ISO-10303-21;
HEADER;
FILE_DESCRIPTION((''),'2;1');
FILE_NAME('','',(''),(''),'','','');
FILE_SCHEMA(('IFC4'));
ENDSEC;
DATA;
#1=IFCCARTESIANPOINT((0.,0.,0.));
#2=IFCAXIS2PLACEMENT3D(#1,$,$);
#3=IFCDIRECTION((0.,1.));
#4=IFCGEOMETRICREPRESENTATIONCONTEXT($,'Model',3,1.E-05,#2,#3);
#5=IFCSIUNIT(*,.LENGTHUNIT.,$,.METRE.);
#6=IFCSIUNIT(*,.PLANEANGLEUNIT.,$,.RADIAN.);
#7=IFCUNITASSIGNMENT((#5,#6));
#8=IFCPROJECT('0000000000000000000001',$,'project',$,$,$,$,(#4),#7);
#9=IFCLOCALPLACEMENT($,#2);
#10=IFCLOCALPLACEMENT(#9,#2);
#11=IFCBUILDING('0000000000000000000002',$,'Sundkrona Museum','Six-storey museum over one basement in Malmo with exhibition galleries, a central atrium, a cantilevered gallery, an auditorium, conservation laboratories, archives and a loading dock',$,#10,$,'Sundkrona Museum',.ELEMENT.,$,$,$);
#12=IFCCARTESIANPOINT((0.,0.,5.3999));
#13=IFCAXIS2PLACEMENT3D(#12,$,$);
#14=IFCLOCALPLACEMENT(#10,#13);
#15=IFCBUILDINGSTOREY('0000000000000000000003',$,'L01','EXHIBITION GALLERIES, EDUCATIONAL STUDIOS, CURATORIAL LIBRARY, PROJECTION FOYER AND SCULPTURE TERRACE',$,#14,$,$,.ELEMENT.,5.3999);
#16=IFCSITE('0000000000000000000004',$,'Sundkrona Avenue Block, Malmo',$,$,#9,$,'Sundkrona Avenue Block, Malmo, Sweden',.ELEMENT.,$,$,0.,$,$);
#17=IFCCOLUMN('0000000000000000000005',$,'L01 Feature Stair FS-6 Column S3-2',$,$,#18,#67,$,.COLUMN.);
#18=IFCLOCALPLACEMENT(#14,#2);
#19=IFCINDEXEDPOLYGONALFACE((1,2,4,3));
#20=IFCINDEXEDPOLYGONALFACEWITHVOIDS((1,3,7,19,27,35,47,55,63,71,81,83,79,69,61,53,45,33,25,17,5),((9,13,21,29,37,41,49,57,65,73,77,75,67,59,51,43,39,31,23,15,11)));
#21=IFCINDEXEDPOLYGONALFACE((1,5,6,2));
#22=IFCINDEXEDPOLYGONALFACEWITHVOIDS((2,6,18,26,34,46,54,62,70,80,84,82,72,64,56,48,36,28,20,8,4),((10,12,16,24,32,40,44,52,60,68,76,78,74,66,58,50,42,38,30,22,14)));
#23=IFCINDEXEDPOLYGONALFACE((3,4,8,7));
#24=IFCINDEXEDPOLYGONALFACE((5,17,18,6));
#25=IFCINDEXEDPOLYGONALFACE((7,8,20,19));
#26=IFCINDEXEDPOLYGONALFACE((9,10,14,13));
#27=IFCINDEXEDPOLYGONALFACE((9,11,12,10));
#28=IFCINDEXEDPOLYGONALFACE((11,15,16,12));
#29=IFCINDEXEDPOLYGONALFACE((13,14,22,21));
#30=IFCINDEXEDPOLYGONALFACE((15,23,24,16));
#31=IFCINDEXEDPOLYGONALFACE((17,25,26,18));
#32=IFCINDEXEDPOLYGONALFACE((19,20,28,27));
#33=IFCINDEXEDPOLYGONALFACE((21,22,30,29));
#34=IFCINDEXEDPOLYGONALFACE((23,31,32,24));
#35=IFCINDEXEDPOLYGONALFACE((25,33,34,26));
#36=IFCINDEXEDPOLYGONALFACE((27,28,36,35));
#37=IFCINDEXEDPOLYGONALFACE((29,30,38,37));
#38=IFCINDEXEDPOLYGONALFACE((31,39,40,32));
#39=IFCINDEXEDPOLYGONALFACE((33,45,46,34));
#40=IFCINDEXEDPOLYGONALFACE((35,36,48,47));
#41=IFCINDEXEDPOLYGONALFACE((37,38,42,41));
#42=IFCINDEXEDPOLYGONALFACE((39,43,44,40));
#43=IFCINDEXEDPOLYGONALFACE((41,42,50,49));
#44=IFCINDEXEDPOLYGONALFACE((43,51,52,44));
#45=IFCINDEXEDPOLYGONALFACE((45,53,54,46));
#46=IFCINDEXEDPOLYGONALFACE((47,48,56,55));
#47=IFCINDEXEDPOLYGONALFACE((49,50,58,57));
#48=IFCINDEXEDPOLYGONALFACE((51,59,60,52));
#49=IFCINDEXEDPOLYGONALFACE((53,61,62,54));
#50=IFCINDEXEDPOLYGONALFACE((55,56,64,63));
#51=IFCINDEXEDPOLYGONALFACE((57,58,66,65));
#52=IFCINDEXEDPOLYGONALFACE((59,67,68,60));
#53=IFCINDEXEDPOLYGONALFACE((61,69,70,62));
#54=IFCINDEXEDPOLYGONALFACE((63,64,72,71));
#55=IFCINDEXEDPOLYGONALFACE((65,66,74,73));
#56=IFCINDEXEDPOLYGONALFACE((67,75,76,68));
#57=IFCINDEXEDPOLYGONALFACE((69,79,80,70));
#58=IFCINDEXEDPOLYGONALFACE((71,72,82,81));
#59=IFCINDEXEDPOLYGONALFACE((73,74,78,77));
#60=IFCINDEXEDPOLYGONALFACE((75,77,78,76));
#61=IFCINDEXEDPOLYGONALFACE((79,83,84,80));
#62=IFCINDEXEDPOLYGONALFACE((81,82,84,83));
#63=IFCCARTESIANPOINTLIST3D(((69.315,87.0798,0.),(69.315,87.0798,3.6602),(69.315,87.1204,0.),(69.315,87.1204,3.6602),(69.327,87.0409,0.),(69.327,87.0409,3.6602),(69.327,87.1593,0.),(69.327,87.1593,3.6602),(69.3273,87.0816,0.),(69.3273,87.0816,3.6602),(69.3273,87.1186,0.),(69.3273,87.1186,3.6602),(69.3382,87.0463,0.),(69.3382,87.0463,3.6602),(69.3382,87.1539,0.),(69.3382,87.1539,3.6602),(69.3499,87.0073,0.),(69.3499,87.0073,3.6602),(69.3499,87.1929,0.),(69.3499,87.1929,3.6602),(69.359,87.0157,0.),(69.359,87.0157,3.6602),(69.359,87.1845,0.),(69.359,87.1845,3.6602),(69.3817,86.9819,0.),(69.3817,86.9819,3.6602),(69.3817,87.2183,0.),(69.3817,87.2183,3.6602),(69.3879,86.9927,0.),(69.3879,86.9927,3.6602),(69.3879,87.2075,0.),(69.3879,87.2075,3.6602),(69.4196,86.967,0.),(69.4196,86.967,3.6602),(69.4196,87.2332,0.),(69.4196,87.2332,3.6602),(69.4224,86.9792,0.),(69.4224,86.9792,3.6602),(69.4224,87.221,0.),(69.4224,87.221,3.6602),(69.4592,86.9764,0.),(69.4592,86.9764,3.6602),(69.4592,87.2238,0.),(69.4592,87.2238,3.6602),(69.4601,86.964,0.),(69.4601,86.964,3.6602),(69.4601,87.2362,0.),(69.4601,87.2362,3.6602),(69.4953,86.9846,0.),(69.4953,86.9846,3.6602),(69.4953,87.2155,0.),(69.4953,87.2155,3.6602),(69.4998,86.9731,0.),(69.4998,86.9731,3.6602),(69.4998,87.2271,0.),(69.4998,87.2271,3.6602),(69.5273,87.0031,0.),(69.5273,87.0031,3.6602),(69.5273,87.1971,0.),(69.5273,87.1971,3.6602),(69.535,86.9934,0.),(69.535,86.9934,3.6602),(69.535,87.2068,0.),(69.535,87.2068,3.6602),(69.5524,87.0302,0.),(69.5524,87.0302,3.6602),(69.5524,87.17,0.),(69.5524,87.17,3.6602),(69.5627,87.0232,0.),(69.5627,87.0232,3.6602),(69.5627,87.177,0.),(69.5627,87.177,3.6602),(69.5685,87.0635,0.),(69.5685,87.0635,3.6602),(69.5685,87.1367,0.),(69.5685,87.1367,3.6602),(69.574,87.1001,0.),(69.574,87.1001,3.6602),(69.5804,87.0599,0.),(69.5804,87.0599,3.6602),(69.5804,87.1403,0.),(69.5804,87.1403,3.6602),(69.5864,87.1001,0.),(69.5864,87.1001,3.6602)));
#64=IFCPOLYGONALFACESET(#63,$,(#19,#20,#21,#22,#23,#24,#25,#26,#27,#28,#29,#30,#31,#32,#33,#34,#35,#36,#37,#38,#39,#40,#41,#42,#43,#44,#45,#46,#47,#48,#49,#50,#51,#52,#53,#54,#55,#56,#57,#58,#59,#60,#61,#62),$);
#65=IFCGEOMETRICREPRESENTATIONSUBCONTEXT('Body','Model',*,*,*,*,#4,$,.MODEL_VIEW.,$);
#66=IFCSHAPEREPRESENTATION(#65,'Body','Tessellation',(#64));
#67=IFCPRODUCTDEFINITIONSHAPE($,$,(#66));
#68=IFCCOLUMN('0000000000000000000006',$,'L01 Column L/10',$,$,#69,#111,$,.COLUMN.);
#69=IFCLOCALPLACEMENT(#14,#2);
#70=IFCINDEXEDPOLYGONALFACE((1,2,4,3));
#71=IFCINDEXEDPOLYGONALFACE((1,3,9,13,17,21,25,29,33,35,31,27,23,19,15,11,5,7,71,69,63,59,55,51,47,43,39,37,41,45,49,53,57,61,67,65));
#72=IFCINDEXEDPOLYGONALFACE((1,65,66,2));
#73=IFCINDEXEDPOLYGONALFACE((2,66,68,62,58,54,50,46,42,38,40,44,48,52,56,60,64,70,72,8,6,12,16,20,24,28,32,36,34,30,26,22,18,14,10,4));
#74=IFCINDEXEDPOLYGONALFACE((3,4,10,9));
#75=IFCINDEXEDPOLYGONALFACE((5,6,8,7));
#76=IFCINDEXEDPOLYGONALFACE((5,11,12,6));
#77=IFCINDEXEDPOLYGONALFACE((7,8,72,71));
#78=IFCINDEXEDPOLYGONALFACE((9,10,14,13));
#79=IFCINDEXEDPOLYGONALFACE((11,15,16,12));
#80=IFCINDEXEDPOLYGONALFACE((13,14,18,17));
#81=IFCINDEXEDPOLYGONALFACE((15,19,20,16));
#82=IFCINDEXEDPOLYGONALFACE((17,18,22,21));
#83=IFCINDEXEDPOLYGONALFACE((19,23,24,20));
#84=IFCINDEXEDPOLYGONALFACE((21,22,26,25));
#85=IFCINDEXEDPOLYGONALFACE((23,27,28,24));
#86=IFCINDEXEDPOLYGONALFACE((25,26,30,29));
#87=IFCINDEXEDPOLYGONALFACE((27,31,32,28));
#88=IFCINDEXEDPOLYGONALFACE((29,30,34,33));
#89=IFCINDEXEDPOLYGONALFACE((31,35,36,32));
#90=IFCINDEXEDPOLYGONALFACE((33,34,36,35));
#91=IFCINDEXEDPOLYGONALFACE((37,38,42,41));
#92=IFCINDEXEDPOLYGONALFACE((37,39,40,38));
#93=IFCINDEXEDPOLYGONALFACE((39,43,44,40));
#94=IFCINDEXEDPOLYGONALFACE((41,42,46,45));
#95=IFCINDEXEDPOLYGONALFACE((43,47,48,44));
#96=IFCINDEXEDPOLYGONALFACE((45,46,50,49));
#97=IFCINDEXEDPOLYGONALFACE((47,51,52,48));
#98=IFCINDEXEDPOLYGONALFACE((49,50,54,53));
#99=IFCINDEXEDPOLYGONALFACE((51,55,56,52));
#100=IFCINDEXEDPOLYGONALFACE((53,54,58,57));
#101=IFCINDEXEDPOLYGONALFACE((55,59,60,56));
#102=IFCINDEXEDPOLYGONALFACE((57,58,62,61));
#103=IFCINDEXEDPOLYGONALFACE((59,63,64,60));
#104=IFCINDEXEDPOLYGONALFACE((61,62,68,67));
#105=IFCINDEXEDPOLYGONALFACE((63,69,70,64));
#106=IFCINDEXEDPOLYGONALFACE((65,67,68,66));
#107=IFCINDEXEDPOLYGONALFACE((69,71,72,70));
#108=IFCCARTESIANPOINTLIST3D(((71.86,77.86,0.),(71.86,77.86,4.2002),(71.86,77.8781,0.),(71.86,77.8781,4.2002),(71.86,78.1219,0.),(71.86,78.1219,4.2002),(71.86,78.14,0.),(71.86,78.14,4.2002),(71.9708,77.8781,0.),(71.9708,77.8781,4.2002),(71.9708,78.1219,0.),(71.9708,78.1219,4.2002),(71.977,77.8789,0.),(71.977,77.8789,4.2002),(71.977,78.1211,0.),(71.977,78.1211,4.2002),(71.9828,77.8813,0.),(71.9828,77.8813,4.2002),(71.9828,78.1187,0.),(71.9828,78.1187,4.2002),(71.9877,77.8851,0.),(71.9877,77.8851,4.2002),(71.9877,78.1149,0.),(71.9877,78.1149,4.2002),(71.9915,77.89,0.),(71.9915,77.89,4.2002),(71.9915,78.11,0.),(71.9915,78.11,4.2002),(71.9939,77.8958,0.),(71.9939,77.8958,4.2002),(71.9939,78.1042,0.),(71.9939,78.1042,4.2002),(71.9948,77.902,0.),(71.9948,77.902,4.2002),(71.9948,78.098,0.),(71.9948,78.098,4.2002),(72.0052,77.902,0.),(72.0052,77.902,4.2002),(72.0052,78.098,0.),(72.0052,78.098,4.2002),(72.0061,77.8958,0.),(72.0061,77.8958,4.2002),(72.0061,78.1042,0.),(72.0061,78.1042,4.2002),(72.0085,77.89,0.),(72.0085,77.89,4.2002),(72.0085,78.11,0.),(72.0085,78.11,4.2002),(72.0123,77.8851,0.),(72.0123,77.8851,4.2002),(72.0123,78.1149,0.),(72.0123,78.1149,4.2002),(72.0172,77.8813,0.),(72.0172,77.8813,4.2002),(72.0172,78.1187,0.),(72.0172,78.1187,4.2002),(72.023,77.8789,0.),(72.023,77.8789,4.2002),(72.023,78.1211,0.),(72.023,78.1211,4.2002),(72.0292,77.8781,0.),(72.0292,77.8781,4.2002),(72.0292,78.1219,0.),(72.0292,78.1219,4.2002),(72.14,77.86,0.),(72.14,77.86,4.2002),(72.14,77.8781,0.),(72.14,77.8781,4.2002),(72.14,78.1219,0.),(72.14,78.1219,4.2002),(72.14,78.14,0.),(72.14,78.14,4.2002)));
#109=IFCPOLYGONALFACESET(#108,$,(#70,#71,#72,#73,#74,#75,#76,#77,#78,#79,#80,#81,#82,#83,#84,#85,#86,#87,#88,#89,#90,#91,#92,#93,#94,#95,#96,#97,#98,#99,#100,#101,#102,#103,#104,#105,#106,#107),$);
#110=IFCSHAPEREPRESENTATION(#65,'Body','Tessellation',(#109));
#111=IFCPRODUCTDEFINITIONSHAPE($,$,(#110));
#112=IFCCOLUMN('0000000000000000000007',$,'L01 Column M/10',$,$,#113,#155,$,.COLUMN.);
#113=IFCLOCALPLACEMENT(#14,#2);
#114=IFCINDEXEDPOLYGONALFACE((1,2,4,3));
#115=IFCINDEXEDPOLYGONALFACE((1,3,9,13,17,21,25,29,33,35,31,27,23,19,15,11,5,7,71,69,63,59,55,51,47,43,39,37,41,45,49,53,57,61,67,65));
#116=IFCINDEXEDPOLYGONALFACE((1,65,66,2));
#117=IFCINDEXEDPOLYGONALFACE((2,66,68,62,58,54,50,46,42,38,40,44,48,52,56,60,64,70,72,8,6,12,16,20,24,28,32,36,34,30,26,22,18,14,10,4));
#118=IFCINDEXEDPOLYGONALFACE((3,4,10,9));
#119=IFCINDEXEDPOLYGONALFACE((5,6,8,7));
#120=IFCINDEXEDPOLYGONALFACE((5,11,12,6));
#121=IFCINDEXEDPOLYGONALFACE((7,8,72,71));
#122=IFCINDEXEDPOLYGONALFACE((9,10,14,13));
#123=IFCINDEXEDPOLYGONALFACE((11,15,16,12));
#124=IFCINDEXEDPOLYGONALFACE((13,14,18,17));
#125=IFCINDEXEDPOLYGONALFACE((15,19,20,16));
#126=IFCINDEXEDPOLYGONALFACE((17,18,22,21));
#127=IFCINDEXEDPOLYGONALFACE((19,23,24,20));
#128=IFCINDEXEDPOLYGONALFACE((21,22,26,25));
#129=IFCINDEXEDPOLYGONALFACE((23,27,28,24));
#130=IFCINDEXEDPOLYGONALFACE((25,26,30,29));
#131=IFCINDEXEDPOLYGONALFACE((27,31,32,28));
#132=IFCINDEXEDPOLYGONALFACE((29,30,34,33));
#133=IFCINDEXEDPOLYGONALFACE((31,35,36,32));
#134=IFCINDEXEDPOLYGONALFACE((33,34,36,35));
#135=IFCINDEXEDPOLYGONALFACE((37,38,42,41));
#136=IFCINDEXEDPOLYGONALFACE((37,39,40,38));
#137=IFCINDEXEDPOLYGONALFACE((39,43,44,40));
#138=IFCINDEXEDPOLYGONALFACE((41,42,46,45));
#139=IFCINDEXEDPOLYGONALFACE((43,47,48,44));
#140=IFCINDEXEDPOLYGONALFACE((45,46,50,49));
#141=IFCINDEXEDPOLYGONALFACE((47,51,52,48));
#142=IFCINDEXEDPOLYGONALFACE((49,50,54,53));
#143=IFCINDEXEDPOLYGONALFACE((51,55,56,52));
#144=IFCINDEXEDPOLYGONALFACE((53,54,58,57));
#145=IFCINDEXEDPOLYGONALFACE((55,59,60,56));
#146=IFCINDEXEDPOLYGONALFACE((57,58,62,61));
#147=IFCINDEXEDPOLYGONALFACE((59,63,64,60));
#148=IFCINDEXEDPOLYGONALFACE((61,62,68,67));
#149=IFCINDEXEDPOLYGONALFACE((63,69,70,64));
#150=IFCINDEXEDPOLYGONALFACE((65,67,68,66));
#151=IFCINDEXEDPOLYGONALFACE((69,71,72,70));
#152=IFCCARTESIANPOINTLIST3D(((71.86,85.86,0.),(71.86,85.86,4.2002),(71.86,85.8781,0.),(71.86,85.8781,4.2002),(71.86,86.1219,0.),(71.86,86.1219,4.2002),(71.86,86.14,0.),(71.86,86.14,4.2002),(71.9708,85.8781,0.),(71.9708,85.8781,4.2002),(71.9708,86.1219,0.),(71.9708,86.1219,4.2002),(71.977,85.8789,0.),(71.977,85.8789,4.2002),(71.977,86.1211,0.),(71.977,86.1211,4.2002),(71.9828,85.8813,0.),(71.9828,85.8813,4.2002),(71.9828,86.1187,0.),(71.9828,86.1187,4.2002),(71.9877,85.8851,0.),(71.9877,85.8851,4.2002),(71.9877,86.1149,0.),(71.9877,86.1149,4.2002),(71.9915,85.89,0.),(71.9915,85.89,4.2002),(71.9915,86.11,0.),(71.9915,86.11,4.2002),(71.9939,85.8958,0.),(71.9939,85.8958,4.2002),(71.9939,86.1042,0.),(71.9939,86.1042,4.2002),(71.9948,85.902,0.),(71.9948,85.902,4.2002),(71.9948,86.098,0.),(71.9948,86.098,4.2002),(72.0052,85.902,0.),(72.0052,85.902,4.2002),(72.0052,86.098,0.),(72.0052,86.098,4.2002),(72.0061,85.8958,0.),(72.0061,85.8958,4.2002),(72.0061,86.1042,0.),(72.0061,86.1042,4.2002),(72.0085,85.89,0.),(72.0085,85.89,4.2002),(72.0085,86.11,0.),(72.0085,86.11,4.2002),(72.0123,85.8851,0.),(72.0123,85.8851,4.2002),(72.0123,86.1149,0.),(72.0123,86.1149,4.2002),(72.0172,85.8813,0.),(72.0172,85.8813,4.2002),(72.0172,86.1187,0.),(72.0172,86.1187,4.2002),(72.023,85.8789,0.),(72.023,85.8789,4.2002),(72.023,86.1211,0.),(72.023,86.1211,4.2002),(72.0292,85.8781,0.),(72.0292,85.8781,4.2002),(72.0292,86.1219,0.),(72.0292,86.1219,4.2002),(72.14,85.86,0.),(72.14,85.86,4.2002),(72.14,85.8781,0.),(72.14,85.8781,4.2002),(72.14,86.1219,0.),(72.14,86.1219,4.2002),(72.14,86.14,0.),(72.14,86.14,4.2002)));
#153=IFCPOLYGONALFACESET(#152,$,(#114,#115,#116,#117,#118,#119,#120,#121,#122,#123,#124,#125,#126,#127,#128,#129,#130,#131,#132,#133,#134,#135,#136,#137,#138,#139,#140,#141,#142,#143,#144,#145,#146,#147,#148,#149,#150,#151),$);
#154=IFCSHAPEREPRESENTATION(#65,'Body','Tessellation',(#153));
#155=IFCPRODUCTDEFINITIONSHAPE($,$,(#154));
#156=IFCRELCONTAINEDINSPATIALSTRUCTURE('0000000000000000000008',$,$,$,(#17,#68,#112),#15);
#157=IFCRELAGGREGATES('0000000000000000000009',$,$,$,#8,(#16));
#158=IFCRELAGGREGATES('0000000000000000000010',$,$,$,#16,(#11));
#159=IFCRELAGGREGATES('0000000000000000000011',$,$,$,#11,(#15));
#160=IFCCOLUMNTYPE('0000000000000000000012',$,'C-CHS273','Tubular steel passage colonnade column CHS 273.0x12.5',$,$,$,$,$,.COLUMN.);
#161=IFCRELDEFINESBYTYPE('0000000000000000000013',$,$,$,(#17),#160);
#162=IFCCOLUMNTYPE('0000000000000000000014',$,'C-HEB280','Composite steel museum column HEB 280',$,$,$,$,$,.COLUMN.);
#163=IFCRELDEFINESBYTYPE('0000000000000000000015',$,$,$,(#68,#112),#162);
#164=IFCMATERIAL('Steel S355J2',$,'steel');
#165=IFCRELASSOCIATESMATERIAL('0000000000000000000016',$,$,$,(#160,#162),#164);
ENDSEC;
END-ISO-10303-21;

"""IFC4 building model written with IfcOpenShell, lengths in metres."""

from ifc_helpers import new_model, si_unit, direction, frame, origin, origin_2d, place, context, subcontext, project, spatial, hollow_circle, i_section, extrude, material, material_profile, profile_set, type_object, element, save


model = new_model("IFC4")

# Units and contexts
model_context = context("Model", 3, precision=1e-05, world=origin(), true_north=direction((0.0, 1.0)))
body_context = subcontext(model_context, "Body", "Model", "MODEL_VIEW")
ifc_project = project(units=[si_unit("LENGTHUNIT", "METRE"), si_unit("PLANEANGLEUNIT", "RADIAN")], contexts=[model_context])

# Site, building, storey
site_placement = place(None, origin())
site = spatial("IfcSite", under=ifc_project, at=site_placement, Name="Sundkrona Avenue Block, Malmo", LongName="Sundkrona Avenue Block, Malmo, Sweden", CompositionType="ELEMENT", RefElevation=0.0)
building_placement = place(site_placement, origin())
building = spatial("IfcBuilding", under=site, at=building_placement, Name="Sundkrona Museum", Description="Six-storey museum over one basement in Malmo with exhibition galleries, a central atrium, a cantilevered gallery, an auditorium, conservation laboratories, archives and a loading dock", LongName="Sundkrona Museum", CompositionType="ELEMENT")
storey_placement = place(building_placement, frame((0.0, 0.0, 5.3999)))
storey = spatial("IfcBuildingStorey", under=building, at=storey_placement, Name="L01", Description="EXHIBITION GALLERIES, EDUCATIONAL STUDIOS, CURATORIAL LIBRARY, PROJECTION FOYER AND SCULPTURE TERRACE", CompositionType="ELEMENT", Elevation=5.3999)

# Columns
ifc_material_1 = material(Name="Steel S355J2", Category="steel")
ifc_material_profile_1 = material_profile(ifc_material_1, hollow_circle(Radius=0.1365, WallThickness=0.0125, at=origin_2d()), Name="CHS 273.0x12.5")
ifc_profile_set_1 = profile_set([ifc_material_profile_1], Name="Steel S355J2")
column_type_1 = type_object("IfcColumnType", Name="C-CHS273", Description="Tubular steel passage colonnade column CHS 273.0x12.5", PredefinedType="COLUMN", material=ifc_profile_set_1)
for number, where, z_axis, x_axis, name in (
    (1, (69.45, 87.1001, 0.0), (0.0, 0.0, 1.0), (1.0, 0.0, 0.0), "L01 Feature Stair FS-6 Column S3-2"),
):
    element("IfcColumn", number, at=place(storey_placement, frame(where, z_axis=z_axis, x_axis=x_axis)), inside=storey, type_object=column_type_1, Name=name, PredefinedType="COLUMN", context=body_context, shape_type="SweptSolid", body=[
        extrude(hollow_circle(Radius=0.1365, WallThickness=0.0125, at=origin_2d()), origin(), (0.0, 0.0, 1.0), 3.6602),
    ])
ifc_material_profile_2 = material_profile(ifc_material_1, i_section(OverallWidth=0.28, OverallDepth=0.28, WebThickness=0.0105, FlangeThickness=0.0181, FilletRadius=0.0239, at=origin_2d()), Name="HEB 280")
ifc_profile_set_2 = profile_set([ifc_material_profile_2], Name="Steel S355J2")
column_type_2 = type_object("IfcColumnType", Name="C-HEB280", Description="Composite steel museum column HEB 280", PredefinedType="COLUMN", material=ifc_profile_set_2)
for number, where, z_axis, x_axis, name in (
    (2, (72.0, 78.0, 0.0), (0.0, 0.0, 1.0), (1.0, 0.0, 0.0), "L01 Column L/10"),
    (3, (72.0, 86.0, 0.0), (0.0, 0.0, 1.0), (1.0, 0.0, 0.0), "L01 Column M/10"),
):
    element("IfcColumn", number, at=place(storey_placement, frame(where, z_axis=z_axis, x_axis=x_axis)), inside=storey, type_object=column_type_2, Name=name, PredefinedType="COLUMN", context=body_context, shape_type="SweptSolid", body=[
        extrude(i_section(OverallWidth=0.28, OverallDepth=0.28, WebThickness=0.0105, FlangeThickness=0.0181, FilletRadius=0.0239, at=origin_2d()), origin(), (0.0, 0.0, 1.0), 4.2002),
    ])

save(model, "model.ifc")
